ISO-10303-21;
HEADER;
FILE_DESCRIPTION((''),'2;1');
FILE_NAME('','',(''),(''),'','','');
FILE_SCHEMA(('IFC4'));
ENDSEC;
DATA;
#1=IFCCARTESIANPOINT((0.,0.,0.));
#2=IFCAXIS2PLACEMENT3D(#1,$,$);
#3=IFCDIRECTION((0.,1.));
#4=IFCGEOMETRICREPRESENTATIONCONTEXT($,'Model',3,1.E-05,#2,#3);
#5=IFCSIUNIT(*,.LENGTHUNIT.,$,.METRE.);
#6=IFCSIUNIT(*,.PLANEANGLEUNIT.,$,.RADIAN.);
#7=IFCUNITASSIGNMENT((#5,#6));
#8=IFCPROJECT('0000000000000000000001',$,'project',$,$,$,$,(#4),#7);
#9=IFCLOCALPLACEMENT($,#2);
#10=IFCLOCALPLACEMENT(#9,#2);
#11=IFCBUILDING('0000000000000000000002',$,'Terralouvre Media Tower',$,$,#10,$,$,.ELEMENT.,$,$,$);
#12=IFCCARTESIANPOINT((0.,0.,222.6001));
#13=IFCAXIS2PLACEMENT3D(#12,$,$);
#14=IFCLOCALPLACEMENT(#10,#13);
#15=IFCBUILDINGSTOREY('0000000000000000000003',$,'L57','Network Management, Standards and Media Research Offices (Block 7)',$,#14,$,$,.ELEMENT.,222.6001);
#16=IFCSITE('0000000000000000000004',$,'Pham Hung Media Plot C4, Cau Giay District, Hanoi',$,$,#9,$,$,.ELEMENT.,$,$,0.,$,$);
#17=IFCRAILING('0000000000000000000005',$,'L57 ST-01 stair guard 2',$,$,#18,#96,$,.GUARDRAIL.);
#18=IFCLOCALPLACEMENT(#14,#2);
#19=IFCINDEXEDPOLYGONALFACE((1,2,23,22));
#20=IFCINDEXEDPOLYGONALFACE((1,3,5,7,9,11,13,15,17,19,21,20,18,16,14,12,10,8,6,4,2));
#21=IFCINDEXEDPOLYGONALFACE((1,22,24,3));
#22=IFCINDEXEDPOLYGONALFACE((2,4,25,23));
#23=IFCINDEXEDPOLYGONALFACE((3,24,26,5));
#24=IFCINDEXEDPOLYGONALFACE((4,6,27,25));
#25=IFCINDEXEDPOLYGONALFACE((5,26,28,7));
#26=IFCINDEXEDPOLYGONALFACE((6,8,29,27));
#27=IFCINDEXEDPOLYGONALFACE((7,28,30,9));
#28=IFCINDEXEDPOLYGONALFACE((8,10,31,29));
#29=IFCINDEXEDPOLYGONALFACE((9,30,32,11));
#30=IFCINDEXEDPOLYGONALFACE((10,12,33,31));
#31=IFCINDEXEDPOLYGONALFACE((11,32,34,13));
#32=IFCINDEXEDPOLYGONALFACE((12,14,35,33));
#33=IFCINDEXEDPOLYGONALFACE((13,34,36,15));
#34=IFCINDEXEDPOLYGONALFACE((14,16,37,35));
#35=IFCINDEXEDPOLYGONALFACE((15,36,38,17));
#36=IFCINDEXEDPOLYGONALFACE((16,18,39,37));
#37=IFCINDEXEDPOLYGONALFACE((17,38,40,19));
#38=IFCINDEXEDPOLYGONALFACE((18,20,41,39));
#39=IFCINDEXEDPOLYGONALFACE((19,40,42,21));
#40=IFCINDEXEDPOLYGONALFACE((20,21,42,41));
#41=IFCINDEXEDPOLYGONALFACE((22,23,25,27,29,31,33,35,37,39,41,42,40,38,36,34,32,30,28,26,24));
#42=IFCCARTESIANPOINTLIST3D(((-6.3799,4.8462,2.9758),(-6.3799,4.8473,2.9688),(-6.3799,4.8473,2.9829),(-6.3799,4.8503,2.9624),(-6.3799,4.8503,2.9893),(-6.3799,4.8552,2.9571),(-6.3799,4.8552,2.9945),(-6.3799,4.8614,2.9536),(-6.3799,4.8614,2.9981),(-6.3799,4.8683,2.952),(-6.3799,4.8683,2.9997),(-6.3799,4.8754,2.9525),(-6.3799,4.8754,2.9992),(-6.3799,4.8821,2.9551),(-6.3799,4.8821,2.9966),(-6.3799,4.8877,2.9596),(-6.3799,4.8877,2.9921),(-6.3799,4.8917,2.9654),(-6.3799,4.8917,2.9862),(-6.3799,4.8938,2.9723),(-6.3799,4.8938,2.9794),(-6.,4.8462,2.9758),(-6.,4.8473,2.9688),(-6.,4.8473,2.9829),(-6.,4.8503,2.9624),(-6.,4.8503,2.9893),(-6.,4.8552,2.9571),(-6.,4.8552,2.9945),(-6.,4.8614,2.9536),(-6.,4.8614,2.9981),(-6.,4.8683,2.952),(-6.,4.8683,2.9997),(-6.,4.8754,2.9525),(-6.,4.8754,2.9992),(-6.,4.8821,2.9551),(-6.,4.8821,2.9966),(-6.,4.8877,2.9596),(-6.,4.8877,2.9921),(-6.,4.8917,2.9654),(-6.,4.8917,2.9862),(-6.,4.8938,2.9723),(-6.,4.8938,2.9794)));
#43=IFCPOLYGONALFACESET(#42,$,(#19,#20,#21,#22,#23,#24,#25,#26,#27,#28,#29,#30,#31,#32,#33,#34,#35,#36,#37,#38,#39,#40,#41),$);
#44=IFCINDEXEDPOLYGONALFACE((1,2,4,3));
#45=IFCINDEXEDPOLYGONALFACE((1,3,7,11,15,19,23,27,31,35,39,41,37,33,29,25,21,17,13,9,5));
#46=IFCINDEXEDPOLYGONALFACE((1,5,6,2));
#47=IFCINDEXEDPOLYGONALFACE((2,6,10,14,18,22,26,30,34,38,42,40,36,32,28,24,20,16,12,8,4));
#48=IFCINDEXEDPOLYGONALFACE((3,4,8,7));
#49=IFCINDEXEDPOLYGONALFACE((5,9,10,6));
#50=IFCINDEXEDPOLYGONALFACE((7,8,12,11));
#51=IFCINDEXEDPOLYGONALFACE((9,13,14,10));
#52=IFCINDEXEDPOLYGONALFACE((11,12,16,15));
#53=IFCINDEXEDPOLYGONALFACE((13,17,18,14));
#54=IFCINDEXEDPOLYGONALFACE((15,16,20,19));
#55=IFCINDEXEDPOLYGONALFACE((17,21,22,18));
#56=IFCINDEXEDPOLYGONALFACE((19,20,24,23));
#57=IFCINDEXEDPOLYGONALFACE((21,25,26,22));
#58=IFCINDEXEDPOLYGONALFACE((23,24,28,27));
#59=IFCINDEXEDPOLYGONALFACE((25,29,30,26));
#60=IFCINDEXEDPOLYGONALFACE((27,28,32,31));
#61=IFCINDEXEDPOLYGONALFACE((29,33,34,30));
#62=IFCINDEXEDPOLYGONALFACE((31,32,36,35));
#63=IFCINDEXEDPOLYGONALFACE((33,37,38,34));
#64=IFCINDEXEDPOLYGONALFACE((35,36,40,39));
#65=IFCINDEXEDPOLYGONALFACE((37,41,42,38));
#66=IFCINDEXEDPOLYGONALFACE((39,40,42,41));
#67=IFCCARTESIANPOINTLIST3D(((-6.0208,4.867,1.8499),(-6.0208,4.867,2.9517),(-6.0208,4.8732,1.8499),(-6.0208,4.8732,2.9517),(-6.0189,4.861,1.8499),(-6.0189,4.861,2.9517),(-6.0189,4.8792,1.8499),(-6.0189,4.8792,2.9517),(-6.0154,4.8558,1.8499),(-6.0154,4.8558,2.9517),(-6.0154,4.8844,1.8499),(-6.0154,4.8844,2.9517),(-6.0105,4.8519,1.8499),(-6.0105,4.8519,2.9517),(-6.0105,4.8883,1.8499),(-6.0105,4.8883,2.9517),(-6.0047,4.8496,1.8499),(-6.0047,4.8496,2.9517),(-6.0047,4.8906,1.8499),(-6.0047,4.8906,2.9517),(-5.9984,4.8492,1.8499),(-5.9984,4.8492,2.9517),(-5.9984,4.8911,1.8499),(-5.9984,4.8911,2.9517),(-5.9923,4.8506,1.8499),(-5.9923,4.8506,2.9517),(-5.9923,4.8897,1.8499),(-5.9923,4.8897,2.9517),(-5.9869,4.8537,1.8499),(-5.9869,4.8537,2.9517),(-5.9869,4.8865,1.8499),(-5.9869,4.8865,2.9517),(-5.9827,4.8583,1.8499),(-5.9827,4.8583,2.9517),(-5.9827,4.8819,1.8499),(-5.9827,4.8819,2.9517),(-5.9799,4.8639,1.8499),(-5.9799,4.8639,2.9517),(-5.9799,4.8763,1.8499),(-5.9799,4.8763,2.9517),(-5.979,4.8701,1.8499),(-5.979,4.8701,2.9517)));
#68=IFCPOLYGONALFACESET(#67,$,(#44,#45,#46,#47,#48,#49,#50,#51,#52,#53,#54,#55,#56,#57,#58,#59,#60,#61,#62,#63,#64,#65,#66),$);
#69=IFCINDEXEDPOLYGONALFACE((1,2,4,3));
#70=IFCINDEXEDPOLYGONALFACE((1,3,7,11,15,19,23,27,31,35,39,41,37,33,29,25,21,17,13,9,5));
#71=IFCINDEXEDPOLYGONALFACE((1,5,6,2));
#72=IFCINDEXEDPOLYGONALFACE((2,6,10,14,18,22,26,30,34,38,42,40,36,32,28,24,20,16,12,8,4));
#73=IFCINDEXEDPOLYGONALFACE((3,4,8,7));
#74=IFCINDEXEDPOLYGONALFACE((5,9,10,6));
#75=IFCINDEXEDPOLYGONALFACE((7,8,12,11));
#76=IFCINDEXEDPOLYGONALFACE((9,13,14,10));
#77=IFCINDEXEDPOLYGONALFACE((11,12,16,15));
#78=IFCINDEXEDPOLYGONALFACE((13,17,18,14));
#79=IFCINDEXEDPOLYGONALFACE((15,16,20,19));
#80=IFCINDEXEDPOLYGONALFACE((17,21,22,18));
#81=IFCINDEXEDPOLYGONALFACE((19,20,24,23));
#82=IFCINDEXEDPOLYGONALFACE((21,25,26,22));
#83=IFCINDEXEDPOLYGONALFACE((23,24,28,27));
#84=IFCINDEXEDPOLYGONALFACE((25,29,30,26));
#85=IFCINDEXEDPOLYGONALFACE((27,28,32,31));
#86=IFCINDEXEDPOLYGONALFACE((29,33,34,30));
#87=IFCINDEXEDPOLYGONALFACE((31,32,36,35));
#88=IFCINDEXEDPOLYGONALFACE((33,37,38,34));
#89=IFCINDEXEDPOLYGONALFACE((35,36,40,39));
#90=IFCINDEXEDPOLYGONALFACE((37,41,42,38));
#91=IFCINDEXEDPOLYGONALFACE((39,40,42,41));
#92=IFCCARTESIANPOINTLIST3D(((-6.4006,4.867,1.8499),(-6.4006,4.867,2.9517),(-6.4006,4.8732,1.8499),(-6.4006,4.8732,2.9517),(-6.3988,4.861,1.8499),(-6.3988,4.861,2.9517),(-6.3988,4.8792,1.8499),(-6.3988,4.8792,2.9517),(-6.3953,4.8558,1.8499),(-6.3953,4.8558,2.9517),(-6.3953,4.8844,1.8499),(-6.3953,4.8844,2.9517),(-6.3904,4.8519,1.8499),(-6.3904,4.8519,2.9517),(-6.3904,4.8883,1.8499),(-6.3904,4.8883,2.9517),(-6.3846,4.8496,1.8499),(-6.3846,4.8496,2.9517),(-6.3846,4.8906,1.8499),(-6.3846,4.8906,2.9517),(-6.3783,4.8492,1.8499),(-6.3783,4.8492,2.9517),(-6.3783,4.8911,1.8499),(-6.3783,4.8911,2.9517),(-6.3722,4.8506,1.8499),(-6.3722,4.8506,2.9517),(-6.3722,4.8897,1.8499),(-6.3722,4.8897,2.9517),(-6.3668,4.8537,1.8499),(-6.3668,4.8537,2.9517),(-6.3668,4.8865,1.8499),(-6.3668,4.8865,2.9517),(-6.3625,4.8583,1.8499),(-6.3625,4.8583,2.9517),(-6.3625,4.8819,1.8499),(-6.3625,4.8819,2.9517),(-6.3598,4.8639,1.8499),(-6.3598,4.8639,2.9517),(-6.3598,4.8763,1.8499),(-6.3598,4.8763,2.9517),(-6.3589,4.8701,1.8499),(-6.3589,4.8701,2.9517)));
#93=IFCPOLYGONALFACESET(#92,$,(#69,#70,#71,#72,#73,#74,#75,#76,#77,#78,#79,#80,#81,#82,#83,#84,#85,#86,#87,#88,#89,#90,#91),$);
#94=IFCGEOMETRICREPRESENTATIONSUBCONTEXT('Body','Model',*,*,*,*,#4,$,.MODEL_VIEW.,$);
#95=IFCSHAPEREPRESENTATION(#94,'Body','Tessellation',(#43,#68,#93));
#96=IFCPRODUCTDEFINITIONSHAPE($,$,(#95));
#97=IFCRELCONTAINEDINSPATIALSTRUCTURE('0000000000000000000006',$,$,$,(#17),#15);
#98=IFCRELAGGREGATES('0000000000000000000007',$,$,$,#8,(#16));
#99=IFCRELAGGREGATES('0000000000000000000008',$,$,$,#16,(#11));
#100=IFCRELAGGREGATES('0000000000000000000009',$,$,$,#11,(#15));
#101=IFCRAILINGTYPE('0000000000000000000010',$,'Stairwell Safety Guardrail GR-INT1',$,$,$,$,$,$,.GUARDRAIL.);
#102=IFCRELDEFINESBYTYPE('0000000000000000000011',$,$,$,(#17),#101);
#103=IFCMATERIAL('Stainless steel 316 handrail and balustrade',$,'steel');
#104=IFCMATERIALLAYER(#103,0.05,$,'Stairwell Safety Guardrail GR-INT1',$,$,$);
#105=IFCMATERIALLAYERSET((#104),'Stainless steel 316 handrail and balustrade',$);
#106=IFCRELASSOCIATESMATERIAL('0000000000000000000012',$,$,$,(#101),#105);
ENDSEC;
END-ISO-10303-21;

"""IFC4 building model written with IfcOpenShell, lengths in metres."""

from ifc_helpers import new_model, si_unit, direction, frame, origin, origin_2d, place, context, subcontext, project, spatial, circle, extrude, material, layer, layer_set, type_object, element, save


model = new_model("IFC4")

# Units and contexts
model_context = context("Model", 3, precision=1e-05, world=origin(), true_north=direction((0.0, 1.0)))
body_context = subcontext(model_context, "Body", "Model", "MODEL_VIEW")
ifc_project = project(units=[si_unit("LENGTHUNIT", "METRE"), si_unit("PLANEANGLEUNIT", "RADIAN")], contexts=[model_context])

# Site, building, storey
site_placement = place(None, origin())
site = spatial("IfcSite", under=ifc_project, at=site_placement, Name="Pham Hung Media Plot C4, Cau Giay District, Hanoi", CompositionType="ELEMENT", RefElevation=0.0)
building_placement = place(site_placement, origin())
building = spatial("IfcBuilding", under=site, at=building_placement, Name="Terralouvre Media Tower", CompositionType="ELEMENT")
storey_placement = place(building_placement, frame((0.0, 0.0, 222.6001)))
storey = spatial("IfcBuildingStorey", under=building, at=storey_placement, Name="L57", Description="Network Management, Standards and Media Research Offices (Block 7)", CompositionType="ELEMENT", Elevation=222.6001)

# Railing
ifc_material_1 = material(Name="Stainless steel 316 handrail and balustrade", Category="steel")
ifc_layer_1 = layer(ifc_material_1, 0.05, Name="Stairwell Safety Guardrail GR-INT1")
ifc_layer_set_1 = layer_set([ifc_layer_1], Name="Stainless steel 316 handrail and balustrade")
railing_type_1 = type_object("IfcRailingType", Name="Stairwell Safety Guardrail GR-INT1", PredefinedType="GUARDRAIL", material=ifc_layer_set_1)
railing_1_placement = place(storey_placement, frame((-6.0, 4.8701, 1.8499)))
element("IfcRailing", 1, at=railing_1_placement, inside=storey, type_object=railing_type_1, Name="L57 ST-01 stair guard 2", PredefinedType="GUARDRAIL", context=body_context, shape_type="SweptSolid", body=[
    extrude(circle(Radius=0.0239, at=origin_2d()), frame((0.0, 0.0, 1.126), z_axis=(-1.0, 0.0, 0.0), x_axis=(0.0, -1.0, 0.0)), (0.0, 0.0, 1.0), 0.3799),
    extrude(circle(Radius=0.021, at=origin_2d()), origin(), (0.0, 0.0, 1.0), 1.1018),
    extrude(circle(Radius=0.021, at=origin_2d()), frame((-0.3799, 0.0, 0.0)), (0.0, 0.0, 1.0), 1.1018),
])

save(model, "model.ifc")
